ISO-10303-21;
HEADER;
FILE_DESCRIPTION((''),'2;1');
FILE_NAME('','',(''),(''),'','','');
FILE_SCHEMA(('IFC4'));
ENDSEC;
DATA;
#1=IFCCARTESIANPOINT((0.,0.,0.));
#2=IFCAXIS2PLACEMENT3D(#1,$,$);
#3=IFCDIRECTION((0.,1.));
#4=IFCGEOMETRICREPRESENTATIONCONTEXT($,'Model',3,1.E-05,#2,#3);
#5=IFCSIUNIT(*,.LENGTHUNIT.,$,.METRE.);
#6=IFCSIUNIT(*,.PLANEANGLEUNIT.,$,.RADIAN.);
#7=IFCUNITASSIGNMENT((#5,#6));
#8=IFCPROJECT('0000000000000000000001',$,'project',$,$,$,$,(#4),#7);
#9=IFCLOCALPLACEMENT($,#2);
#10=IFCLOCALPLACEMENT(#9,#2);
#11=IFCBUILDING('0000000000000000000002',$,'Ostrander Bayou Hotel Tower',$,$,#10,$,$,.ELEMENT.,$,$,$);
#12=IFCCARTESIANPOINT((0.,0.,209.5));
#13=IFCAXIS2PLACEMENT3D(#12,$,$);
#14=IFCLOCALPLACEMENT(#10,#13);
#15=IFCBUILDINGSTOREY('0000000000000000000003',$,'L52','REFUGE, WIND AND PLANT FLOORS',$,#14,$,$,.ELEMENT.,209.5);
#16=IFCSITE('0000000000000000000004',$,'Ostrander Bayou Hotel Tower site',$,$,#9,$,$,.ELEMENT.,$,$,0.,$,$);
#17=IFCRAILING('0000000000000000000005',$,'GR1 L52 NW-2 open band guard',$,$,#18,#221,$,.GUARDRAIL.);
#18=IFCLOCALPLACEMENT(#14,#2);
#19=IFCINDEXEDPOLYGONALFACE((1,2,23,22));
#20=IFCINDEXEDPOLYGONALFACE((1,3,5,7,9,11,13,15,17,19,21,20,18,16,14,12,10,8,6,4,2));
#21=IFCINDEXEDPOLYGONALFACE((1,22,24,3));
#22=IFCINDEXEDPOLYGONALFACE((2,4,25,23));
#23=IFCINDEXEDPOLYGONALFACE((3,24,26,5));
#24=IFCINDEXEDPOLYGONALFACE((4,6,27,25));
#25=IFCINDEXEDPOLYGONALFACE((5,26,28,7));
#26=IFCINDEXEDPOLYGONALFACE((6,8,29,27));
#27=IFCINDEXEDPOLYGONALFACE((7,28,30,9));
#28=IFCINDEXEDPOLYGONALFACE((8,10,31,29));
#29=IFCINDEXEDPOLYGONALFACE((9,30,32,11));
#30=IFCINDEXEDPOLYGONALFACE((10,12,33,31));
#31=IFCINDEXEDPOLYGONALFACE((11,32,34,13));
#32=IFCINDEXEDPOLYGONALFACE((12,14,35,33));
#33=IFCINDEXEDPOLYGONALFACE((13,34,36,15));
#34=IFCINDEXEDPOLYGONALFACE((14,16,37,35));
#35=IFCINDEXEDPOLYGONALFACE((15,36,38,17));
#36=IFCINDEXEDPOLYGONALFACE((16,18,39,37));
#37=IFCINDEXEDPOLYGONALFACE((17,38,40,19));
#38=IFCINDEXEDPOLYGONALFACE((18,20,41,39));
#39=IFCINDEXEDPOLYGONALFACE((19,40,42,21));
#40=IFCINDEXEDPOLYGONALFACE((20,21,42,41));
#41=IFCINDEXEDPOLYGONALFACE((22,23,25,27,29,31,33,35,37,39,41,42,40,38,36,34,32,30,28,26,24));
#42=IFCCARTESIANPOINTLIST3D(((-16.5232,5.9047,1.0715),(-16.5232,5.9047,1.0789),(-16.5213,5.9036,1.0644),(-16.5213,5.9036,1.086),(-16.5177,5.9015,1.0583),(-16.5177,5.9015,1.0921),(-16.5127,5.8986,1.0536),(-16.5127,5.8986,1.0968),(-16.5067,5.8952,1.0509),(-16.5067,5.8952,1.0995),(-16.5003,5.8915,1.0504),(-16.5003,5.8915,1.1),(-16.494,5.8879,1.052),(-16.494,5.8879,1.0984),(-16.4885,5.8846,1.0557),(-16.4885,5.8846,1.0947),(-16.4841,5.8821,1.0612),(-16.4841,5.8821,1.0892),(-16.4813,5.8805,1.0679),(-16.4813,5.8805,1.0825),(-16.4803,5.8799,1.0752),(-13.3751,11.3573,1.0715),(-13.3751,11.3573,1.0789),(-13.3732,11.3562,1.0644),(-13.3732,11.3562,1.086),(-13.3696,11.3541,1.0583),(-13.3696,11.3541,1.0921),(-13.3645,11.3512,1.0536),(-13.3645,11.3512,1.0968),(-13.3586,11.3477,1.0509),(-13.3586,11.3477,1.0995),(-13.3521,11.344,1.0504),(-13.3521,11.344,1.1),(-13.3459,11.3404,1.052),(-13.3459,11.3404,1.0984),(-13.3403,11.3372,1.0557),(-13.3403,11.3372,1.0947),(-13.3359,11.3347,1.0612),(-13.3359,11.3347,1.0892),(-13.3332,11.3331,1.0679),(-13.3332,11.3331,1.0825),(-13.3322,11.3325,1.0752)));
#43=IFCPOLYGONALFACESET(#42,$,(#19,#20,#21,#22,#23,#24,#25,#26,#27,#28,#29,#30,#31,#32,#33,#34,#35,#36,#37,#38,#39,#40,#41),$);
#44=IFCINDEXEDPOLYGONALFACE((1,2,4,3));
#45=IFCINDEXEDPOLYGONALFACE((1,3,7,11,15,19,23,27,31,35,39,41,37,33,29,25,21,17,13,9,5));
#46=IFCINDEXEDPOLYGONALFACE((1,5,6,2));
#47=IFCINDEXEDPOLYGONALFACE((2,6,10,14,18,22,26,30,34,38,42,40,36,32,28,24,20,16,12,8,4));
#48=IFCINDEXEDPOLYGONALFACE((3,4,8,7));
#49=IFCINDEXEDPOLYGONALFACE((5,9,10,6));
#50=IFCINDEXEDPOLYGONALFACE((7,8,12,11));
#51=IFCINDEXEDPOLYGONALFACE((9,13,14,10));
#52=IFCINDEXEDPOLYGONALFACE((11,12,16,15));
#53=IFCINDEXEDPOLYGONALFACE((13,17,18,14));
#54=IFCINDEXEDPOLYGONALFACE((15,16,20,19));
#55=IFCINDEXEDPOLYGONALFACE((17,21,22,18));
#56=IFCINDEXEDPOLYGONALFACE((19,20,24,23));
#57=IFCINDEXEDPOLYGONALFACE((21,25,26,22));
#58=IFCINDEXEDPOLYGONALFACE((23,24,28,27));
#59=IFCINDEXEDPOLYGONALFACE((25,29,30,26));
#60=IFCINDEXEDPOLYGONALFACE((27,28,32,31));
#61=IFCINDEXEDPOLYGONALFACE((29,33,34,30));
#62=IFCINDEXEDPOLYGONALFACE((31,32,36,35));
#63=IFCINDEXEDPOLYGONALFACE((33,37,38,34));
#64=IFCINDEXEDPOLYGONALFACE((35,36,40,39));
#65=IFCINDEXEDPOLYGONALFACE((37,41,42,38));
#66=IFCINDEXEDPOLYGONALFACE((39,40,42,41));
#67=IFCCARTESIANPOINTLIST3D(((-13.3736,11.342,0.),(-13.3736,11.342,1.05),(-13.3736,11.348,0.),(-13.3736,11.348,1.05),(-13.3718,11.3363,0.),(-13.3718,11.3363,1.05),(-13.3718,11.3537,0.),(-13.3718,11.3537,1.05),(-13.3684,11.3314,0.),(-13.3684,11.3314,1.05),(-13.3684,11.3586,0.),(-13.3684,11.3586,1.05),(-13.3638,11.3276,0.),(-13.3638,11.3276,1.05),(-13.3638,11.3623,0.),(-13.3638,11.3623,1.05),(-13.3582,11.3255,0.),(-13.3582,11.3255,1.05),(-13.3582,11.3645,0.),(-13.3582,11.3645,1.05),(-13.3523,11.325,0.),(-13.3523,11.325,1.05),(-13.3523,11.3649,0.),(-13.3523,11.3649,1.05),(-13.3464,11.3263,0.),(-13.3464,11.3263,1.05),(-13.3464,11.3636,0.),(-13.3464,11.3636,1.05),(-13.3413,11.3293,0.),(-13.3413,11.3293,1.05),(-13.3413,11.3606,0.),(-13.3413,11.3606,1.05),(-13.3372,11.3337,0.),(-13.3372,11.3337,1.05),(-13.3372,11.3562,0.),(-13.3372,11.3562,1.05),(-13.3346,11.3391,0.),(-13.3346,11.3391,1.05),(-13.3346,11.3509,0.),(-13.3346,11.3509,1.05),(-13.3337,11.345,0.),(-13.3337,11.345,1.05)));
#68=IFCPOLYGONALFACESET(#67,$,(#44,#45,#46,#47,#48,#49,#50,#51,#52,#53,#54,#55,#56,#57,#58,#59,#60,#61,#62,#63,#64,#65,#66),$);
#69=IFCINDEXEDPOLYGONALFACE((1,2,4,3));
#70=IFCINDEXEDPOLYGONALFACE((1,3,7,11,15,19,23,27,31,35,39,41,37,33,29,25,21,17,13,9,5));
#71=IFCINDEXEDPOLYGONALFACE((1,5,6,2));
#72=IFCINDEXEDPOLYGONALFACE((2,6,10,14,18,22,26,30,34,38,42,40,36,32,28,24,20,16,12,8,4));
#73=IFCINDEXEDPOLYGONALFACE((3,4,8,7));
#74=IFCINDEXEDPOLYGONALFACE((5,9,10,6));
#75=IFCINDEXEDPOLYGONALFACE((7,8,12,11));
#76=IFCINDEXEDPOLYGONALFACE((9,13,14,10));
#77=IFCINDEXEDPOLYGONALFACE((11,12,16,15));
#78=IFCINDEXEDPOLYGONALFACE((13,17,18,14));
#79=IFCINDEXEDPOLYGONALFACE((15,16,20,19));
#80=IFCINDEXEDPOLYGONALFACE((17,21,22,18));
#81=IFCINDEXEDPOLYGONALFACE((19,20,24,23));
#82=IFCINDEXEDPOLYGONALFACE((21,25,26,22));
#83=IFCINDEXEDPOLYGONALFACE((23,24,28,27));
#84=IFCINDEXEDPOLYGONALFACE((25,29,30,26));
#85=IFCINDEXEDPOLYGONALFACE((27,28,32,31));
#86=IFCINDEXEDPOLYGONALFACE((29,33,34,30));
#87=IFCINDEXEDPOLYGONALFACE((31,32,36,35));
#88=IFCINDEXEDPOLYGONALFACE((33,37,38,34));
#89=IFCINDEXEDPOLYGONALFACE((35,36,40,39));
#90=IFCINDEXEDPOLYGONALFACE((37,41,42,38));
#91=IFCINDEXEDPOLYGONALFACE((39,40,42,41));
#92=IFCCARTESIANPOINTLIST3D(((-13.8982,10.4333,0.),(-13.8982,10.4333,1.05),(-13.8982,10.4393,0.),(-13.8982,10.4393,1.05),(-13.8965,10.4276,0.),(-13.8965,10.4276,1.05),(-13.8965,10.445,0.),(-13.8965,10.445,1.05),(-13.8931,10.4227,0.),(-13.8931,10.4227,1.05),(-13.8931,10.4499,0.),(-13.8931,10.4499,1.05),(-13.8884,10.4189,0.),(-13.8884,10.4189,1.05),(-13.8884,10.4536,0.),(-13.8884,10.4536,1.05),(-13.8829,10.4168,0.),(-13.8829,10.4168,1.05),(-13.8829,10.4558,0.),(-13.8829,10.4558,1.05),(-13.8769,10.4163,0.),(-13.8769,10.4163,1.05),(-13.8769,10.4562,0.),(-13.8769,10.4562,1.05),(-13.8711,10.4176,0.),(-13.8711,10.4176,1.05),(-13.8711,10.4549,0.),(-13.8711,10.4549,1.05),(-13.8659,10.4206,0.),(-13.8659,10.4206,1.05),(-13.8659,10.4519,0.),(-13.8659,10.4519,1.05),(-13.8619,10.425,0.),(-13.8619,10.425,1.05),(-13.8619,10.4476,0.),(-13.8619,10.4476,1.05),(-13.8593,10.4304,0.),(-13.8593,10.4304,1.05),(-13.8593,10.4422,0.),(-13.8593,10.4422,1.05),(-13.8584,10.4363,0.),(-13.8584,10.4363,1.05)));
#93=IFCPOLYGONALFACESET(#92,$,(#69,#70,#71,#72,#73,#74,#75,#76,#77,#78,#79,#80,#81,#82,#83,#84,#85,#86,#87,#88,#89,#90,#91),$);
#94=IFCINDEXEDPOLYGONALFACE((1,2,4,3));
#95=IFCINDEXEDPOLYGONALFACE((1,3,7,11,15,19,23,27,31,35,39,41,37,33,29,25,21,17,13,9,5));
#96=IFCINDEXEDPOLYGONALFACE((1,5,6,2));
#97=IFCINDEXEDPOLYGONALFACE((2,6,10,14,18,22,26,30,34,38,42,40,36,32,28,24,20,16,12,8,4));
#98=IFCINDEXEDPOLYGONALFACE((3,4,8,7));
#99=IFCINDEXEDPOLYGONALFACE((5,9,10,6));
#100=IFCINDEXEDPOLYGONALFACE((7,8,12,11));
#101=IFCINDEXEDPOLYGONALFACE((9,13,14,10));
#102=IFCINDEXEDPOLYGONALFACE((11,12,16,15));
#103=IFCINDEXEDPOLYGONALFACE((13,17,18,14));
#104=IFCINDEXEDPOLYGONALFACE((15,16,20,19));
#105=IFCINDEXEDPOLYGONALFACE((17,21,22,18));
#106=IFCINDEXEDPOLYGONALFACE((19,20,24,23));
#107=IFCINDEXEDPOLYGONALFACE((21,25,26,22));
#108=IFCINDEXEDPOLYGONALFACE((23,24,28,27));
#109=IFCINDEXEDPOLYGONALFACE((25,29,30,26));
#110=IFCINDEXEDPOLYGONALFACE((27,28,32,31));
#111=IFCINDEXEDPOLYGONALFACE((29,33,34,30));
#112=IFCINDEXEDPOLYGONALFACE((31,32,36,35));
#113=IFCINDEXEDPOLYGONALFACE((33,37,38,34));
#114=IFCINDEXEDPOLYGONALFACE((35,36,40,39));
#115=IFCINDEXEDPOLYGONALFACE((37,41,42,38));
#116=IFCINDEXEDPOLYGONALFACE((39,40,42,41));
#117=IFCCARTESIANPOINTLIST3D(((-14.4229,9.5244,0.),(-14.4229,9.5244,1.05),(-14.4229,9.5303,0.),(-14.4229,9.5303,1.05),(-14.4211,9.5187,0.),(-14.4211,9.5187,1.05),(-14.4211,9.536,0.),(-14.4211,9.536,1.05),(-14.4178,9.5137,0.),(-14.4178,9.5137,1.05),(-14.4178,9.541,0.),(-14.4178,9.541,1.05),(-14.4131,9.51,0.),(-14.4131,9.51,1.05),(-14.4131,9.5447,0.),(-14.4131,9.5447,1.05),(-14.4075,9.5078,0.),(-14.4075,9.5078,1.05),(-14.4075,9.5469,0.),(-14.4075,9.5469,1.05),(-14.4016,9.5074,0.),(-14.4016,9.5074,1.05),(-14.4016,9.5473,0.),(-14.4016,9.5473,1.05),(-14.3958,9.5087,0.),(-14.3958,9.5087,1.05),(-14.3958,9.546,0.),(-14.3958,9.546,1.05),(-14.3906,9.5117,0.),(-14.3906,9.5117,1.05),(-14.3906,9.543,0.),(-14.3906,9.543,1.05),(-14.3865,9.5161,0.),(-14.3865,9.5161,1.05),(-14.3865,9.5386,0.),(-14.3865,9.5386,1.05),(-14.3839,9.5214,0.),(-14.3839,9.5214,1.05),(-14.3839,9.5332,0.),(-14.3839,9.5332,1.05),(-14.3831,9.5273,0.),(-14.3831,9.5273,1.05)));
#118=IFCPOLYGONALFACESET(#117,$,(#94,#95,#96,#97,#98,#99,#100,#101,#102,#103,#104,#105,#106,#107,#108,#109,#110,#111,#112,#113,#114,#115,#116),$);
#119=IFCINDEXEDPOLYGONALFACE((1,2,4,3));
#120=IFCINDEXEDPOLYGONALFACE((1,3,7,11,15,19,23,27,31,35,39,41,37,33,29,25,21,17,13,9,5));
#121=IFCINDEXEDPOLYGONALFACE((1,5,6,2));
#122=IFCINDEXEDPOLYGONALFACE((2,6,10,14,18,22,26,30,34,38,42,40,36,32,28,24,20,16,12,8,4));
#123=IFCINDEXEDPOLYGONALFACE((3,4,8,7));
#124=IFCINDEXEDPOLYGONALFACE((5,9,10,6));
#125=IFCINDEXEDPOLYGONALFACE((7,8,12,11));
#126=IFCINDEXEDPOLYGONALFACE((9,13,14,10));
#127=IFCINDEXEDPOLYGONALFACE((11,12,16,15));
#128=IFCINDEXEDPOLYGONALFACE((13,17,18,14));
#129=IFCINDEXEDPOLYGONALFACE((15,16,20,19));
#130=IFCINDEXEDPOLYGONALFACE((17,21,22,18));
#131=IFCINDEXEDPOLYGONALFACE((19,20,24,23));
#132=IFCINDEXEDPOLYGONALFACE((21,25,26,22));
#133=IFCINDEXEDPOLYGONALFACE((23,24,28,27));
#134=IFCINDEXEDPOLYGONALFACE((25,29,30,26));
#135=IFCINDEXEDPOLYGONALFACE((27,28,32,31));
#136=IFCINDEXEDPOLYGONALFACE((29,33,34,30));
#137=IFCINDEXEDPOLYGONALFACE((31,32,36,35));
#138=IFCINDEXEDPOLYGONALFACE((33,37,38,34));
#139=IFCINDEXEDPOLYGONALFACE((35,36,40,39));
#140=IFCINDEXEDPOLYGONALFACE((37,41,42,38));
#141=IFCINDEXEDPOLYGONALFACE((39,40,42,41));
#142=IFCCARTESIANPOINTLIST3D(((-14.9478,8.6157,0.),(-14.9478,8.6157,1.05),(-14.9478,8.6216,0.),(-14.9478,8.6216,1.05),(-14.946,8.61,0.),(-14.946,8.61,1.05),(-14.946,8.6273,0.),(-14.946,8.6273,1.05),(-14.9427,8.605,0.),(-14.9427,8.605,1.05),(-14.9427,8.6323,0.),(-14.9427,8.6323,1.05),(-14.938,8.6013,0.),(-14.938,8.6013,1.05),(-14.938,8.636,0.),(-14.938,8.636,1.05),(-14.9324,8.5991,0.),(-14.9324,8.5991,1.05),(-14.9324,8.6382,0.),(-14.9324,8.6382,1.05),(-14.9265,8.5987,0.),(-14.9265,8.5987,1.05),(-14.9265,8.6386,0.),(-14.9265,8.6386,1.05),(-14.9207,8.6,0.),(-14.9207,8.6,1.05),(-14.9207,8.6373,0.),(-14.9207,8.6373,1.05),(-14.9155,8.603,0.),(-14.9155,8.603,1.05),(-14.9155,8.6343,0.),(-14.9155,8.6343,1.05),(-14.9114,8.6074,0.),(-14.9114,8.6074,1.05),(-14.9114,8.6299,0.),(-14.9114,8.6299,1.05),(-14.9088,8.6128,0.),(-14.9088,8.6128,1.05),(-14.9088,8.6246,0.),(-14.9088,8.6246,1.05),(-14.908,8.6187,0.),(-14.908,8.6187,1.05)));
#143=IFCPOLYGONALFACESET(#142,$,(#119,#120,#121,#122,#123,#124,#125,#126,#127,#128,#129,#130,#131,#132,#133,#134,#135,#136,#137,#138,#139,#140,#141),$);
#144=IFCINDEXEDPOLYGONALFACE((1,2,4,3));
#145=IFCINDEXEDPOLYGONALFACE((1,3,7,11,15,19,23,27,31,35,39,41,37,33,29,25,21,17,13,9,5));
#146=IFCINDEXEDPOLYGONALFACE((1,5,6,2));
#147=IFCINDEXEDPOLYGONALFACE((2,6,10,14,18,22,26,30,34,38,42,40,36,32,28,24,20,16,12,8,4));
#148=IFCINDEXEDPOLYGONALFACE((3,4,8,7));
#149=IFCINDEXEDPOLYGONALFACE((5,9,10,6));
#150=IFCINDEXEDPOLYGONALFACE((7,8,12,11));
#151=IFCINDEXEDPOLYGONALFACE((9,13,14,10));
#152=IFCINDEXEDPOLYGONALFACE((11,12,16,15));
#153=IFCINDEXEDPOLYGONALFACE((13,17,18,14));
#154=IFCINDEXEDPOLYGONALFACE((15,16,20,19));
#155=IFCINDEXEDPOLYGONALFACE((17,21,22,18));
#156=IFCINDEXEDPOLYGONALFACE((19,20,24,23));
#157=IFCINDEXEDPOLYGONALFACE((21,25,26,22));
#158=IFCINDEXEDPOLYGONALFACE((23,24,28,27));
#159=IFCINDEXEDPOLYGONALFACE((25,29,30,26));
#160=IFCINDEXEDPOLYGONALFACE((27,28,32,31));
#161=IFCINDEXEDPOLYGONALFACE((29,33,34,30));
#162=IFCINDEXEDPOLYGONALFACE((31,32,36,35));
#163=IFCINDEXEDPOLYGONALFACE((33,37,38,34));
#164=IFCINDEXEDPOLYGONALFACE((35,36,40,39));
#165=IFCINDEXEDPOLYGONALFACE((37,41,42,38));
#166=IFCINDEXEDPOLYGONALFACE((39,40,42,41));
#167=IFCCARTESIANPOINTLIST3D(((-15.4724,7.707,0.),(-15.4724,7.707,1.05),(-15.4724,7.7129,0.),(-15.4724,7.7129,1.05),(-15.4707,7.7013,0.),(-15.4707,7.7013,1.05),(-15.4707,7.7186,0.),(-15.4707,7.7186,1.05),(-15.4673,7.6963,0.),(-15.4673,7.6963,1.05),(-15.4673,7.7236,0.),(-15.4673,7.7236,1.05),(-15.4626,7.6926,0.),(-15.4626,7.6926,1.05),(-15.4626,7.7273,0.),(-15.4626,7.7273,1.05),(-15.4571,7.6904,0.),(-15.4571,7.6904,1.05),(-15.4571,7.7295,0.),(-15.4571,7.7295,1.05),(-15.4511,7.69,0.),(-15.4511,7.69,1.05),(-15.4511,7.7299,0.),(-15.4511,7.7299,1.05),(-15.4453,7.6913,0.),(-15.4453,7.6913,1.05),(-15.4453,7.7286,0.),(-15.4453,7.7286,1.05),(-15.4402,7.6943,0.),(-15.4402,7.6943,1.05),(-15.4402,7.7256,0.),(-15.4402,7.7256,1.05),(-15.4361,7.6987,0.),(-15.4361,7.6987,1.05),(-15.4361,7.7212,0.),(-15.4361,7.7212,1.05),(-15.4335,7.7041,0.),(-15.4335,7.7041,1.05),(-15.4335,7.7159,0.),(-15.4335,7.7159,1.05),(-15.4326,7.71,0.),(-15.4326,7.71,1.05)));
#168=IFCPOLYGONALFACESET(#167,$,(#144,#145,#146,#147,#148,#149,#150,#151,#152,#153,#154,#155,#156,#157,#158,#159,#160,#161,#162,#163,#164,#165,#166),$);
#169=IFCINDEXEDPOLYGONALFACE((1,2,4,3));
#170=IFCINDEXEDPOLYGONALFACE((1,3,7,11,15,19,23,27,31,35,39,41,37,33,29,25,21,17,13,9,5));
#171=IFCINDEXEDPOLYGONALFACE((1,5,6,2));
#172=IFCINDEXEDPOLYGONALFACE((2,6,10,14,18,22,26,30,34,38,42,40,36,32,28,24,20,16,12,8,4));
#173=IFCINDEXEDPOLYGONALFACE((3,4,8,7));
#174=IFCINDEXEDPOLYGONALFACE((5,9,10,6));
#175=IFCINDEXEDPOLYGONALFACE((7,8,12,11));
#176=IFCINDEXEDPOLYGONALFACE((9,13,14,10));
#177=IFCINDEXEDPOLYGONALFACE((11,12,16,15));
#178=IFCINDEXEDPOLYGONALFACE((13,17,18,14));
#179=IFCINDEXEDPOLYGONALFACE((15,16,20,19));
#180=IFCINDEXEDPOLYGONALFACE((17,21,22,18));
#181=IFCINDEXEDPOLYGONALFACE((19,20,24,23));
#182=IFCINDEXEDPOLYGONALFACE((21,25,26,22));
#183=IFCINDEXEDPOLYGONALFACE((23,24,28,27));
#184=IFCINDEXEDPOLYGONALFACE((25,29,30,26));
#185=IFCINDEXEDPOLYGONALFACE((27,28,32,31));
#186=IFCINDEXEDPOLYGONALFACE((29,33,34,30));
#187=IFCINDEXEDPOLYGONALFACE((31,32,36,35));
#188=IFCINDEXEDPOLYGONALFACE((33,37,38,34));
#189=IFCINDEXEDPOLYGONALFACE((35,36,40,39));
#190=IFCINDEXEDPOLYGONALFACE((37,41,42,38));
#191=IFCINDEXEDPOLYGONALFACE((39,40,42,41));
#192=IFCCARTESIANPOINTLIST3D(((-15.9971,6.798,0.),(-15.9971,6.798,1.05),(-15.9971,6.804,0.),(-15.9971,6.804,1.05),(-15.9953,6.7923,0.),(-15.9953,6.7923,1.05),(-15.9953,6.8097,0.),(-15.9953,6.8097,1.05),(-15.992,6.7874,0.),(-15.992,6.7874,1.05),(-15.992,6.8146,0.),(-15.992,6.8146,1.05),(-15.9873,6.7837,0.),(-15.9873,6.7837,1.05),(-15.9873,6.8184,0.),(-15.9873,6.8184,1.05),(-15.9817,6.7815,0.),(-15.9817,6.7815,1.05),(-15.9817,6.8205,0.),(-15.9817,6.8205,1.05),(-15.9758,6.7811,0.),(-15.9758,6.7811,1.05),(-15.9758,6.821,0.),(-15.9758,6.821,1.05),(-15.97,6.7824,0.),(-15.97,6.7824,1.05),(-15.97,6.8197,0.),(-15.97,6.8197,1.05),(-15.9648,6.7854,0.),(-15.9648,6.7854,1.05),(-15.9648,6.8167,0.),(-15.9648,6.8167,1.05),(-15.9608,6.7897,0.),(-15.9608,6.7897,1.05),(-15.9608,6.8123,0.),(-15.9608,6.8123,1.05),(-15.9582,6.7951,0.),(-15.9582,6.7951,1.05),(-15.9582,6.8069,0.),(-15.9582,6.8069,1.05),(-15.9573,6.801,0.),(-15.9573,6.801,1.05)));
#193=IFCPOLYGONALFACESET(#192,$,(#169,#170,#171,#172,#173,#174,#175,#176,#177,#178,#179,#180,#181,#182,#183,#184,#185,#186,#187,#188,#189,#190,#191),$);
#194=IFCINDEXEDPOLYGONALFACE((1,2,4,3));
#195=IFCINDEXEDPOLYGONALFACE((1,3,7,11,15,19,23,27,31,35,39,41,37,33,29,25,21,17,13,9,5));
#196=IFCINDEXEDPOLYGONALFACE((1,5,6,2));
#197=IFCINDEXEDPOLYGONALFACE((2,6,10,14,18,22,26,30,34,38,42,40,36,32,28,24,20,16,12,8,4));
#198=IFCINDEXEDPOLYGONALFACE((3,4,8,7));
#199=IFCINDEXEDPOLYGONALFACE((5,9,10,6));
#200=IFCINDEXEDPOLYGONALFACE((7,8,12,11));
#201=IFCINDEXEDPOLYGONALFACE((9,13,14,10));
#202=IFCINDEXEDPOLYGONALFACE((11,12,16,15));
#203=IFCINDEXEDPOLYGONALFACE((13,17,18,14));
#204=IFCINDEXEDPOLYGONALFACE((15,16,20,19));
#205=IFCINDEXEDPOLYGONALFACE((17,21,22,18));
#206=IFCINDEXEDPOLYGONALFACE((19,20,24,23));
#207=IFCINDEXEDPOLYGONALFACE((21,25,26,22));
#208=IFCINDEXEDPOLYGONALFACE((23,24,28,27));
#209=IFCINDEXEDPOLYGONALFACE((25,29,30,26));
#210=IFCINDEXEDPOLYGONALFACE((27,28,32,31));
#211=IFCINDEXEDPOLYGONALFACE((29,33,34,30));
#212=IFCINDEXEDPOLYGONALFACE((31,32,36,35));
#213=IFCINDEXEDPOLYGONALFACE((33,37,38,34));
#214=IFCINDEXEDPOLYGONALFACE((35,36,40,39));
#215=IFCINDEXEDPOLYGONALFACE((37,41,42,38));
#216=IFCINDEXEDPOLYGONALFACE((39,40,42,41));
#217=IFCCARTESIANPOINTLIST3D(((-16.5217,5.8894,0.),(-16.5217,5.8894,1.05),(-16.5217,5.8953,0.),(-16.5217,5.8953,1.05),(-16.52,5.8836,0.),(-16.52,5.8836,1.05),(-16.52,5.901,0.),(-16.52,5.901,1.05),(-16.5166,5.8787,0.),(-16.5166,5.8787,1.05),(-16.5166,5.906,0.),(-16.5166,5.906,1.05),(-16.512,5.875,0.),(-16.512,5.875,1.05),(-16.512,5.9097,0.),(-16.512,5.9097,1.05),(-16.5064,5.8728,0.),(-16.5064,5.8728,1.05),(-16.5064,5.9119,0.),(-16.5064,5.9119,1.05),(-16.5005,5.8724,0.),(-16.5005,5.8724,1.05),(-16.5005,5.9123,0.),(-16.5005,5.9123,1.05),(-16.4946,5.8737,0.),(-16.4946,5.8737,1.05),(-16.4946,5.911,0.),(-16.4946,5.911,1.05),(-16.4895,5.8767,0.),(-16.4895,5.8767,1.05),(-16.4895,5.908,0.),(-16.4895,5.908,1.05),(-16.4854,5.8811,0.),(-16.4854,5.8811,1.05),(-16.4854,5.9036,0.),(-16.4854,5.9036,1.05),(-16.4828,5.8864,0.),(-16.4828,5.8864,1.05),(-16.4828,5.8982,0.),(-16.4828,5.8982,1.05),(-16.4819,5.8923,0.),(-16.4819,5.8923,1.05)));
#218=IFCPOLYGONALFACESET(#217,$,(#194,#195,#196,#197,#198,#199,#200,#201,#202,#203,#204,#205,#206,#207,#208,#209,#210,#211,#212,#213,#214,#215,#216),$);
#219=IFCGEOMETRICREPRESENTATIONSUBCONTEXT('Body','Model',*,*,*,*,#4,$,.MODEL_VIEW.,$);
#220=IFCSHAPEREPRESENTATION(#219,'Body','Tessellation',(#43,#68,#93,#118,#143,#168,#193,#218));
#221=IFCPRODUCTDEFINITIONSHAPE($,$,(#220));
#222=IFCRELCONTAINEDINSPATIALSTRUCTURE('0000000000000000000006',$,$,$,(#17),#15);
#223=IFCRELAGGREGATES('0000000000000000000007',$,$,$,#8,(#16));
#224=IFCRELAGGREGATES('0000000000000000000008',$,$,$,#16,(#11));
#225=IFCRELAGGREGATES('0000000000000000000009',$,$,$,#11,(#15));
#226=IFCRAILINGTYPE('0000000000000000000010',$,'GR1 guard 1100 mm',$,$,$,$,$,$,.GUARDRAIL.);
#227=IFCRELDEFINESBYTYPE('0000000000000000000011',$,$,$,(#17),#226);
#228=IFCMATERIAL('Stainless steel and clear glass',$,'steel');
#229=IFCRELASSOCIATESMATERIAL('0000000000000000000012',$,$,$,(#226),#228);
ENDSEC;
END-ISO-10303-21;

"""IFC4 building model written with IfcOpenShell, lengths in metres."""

from ifc_helpers import new_model, si_unit, direction, frame, origin, origin_2d, place, context, subcontext, project, spatial, circle, extrude, material, type_object, element, save


model = new_model("IFC4")

# Units and contexts
model_context = context("Model", 3, precision=1e-05, world=origin(), true_north=direction((0.0, 1.0)))
body_context = subcontext(model_context, "Body", "Model", "MODEL_VIEW")
ifc_project = project(units=[si_unit("LENGTHUNIT", "METRE"), si_unit("PLANEANGLEUNIT", "RADIAN")], contexts=[model_context])

# Site, building, storey
site_placement = place(None, origin())
site = spatial("IfcSite", under=ifc_project, at=site_placement, Name="Ostrander Bayou Hotel Tower site", CompositionType="ELEMENT", RefElevation=0.0)
building_placement = place(site_placement, origin())
building = spatial("IfcBuilding", under=site, at=building_placement, Name="Ostrander Bayou Hotel Tower", CompositionType="ELEMENT")
storey_placement = place(building_placement, frame((0.0, 0.0, 209.5)))
storey = spatial("IfcBuildingStorey", under=building, at=storey_placement, Name="L52", Description="REFUGE, WIND AND PLANT FLOORS", CompositionType="ELEMENT", Elevation=209.5)

# Railing
ifc_material_1 = material(Name="Stainless steel and clear glass", Category="steel")
railing_type = type_object("IfcRailingType", Name="GR1 guard 1100 mm", PredefinedType="GUARDRAIL", material=ifc_material_1)
railing_1_placement = place(storey_placement, frame((-13.3538, 11.345, 0.0)))
element("IfcRailing", 1, at=railing_1_placement, inside=storey, type_object=railing_type, Name="GR1 L52 NW-2 open band guard", PredefinedType="GUARDRAIL", context=body_context, shape_type="SweptSolid", body=[
    extrude(circle(Radius=0.0249, at=origin_2d()), frame((0.0, 0.0, 1.0752), z_axis=(-0.500013, -0.866018, 0.0), x_axis=(0.866018, -0.500013, 0.0)), (0.0, 0.0, 1.0), 6.2961),
    extrude(circle(Radius=0.02, at=origin_2d()), origin(), (0.0, 0.0, 1.0), 1.05),
    extrude(circle(Radius=0.02, at=origin_2d()), frame((-0.5247, -0.9087, 0.0)), (0.0, 0.0, 1.0), 1.05),
    extrude(circle(Radius=0.02, at=origin_2d()), frame((-1.0493, -1.8176, 0.0)), (0.0, 0.0, 1.0), 1.05),
    extrude(circle(Radius=0.02, at=origin_2d()), frame((-1.5742, -2.7263, 0.0)), (0.0, 0.0, 1.0), 1.05),
    extrude(circle(Radius=0.02, at=origin_2d()), frame((-2.0989, -3.635, 0.0)), (0.0, 0.0, 1.0), 1.05),
    extrude(circle(Radius=0.02, at=origin_2d()), frame((-2.6235, -4.5439, 0.0)), (0.0, 0.0, 1.0), 1.05),
    extrude(circle(Radius=0.02, at=origin_2d()), frame((-3.1482, -5.4526, 0.0)), (0.0, 0.0, 1.0), 1.05),
])

save(model, "model.ifc")
